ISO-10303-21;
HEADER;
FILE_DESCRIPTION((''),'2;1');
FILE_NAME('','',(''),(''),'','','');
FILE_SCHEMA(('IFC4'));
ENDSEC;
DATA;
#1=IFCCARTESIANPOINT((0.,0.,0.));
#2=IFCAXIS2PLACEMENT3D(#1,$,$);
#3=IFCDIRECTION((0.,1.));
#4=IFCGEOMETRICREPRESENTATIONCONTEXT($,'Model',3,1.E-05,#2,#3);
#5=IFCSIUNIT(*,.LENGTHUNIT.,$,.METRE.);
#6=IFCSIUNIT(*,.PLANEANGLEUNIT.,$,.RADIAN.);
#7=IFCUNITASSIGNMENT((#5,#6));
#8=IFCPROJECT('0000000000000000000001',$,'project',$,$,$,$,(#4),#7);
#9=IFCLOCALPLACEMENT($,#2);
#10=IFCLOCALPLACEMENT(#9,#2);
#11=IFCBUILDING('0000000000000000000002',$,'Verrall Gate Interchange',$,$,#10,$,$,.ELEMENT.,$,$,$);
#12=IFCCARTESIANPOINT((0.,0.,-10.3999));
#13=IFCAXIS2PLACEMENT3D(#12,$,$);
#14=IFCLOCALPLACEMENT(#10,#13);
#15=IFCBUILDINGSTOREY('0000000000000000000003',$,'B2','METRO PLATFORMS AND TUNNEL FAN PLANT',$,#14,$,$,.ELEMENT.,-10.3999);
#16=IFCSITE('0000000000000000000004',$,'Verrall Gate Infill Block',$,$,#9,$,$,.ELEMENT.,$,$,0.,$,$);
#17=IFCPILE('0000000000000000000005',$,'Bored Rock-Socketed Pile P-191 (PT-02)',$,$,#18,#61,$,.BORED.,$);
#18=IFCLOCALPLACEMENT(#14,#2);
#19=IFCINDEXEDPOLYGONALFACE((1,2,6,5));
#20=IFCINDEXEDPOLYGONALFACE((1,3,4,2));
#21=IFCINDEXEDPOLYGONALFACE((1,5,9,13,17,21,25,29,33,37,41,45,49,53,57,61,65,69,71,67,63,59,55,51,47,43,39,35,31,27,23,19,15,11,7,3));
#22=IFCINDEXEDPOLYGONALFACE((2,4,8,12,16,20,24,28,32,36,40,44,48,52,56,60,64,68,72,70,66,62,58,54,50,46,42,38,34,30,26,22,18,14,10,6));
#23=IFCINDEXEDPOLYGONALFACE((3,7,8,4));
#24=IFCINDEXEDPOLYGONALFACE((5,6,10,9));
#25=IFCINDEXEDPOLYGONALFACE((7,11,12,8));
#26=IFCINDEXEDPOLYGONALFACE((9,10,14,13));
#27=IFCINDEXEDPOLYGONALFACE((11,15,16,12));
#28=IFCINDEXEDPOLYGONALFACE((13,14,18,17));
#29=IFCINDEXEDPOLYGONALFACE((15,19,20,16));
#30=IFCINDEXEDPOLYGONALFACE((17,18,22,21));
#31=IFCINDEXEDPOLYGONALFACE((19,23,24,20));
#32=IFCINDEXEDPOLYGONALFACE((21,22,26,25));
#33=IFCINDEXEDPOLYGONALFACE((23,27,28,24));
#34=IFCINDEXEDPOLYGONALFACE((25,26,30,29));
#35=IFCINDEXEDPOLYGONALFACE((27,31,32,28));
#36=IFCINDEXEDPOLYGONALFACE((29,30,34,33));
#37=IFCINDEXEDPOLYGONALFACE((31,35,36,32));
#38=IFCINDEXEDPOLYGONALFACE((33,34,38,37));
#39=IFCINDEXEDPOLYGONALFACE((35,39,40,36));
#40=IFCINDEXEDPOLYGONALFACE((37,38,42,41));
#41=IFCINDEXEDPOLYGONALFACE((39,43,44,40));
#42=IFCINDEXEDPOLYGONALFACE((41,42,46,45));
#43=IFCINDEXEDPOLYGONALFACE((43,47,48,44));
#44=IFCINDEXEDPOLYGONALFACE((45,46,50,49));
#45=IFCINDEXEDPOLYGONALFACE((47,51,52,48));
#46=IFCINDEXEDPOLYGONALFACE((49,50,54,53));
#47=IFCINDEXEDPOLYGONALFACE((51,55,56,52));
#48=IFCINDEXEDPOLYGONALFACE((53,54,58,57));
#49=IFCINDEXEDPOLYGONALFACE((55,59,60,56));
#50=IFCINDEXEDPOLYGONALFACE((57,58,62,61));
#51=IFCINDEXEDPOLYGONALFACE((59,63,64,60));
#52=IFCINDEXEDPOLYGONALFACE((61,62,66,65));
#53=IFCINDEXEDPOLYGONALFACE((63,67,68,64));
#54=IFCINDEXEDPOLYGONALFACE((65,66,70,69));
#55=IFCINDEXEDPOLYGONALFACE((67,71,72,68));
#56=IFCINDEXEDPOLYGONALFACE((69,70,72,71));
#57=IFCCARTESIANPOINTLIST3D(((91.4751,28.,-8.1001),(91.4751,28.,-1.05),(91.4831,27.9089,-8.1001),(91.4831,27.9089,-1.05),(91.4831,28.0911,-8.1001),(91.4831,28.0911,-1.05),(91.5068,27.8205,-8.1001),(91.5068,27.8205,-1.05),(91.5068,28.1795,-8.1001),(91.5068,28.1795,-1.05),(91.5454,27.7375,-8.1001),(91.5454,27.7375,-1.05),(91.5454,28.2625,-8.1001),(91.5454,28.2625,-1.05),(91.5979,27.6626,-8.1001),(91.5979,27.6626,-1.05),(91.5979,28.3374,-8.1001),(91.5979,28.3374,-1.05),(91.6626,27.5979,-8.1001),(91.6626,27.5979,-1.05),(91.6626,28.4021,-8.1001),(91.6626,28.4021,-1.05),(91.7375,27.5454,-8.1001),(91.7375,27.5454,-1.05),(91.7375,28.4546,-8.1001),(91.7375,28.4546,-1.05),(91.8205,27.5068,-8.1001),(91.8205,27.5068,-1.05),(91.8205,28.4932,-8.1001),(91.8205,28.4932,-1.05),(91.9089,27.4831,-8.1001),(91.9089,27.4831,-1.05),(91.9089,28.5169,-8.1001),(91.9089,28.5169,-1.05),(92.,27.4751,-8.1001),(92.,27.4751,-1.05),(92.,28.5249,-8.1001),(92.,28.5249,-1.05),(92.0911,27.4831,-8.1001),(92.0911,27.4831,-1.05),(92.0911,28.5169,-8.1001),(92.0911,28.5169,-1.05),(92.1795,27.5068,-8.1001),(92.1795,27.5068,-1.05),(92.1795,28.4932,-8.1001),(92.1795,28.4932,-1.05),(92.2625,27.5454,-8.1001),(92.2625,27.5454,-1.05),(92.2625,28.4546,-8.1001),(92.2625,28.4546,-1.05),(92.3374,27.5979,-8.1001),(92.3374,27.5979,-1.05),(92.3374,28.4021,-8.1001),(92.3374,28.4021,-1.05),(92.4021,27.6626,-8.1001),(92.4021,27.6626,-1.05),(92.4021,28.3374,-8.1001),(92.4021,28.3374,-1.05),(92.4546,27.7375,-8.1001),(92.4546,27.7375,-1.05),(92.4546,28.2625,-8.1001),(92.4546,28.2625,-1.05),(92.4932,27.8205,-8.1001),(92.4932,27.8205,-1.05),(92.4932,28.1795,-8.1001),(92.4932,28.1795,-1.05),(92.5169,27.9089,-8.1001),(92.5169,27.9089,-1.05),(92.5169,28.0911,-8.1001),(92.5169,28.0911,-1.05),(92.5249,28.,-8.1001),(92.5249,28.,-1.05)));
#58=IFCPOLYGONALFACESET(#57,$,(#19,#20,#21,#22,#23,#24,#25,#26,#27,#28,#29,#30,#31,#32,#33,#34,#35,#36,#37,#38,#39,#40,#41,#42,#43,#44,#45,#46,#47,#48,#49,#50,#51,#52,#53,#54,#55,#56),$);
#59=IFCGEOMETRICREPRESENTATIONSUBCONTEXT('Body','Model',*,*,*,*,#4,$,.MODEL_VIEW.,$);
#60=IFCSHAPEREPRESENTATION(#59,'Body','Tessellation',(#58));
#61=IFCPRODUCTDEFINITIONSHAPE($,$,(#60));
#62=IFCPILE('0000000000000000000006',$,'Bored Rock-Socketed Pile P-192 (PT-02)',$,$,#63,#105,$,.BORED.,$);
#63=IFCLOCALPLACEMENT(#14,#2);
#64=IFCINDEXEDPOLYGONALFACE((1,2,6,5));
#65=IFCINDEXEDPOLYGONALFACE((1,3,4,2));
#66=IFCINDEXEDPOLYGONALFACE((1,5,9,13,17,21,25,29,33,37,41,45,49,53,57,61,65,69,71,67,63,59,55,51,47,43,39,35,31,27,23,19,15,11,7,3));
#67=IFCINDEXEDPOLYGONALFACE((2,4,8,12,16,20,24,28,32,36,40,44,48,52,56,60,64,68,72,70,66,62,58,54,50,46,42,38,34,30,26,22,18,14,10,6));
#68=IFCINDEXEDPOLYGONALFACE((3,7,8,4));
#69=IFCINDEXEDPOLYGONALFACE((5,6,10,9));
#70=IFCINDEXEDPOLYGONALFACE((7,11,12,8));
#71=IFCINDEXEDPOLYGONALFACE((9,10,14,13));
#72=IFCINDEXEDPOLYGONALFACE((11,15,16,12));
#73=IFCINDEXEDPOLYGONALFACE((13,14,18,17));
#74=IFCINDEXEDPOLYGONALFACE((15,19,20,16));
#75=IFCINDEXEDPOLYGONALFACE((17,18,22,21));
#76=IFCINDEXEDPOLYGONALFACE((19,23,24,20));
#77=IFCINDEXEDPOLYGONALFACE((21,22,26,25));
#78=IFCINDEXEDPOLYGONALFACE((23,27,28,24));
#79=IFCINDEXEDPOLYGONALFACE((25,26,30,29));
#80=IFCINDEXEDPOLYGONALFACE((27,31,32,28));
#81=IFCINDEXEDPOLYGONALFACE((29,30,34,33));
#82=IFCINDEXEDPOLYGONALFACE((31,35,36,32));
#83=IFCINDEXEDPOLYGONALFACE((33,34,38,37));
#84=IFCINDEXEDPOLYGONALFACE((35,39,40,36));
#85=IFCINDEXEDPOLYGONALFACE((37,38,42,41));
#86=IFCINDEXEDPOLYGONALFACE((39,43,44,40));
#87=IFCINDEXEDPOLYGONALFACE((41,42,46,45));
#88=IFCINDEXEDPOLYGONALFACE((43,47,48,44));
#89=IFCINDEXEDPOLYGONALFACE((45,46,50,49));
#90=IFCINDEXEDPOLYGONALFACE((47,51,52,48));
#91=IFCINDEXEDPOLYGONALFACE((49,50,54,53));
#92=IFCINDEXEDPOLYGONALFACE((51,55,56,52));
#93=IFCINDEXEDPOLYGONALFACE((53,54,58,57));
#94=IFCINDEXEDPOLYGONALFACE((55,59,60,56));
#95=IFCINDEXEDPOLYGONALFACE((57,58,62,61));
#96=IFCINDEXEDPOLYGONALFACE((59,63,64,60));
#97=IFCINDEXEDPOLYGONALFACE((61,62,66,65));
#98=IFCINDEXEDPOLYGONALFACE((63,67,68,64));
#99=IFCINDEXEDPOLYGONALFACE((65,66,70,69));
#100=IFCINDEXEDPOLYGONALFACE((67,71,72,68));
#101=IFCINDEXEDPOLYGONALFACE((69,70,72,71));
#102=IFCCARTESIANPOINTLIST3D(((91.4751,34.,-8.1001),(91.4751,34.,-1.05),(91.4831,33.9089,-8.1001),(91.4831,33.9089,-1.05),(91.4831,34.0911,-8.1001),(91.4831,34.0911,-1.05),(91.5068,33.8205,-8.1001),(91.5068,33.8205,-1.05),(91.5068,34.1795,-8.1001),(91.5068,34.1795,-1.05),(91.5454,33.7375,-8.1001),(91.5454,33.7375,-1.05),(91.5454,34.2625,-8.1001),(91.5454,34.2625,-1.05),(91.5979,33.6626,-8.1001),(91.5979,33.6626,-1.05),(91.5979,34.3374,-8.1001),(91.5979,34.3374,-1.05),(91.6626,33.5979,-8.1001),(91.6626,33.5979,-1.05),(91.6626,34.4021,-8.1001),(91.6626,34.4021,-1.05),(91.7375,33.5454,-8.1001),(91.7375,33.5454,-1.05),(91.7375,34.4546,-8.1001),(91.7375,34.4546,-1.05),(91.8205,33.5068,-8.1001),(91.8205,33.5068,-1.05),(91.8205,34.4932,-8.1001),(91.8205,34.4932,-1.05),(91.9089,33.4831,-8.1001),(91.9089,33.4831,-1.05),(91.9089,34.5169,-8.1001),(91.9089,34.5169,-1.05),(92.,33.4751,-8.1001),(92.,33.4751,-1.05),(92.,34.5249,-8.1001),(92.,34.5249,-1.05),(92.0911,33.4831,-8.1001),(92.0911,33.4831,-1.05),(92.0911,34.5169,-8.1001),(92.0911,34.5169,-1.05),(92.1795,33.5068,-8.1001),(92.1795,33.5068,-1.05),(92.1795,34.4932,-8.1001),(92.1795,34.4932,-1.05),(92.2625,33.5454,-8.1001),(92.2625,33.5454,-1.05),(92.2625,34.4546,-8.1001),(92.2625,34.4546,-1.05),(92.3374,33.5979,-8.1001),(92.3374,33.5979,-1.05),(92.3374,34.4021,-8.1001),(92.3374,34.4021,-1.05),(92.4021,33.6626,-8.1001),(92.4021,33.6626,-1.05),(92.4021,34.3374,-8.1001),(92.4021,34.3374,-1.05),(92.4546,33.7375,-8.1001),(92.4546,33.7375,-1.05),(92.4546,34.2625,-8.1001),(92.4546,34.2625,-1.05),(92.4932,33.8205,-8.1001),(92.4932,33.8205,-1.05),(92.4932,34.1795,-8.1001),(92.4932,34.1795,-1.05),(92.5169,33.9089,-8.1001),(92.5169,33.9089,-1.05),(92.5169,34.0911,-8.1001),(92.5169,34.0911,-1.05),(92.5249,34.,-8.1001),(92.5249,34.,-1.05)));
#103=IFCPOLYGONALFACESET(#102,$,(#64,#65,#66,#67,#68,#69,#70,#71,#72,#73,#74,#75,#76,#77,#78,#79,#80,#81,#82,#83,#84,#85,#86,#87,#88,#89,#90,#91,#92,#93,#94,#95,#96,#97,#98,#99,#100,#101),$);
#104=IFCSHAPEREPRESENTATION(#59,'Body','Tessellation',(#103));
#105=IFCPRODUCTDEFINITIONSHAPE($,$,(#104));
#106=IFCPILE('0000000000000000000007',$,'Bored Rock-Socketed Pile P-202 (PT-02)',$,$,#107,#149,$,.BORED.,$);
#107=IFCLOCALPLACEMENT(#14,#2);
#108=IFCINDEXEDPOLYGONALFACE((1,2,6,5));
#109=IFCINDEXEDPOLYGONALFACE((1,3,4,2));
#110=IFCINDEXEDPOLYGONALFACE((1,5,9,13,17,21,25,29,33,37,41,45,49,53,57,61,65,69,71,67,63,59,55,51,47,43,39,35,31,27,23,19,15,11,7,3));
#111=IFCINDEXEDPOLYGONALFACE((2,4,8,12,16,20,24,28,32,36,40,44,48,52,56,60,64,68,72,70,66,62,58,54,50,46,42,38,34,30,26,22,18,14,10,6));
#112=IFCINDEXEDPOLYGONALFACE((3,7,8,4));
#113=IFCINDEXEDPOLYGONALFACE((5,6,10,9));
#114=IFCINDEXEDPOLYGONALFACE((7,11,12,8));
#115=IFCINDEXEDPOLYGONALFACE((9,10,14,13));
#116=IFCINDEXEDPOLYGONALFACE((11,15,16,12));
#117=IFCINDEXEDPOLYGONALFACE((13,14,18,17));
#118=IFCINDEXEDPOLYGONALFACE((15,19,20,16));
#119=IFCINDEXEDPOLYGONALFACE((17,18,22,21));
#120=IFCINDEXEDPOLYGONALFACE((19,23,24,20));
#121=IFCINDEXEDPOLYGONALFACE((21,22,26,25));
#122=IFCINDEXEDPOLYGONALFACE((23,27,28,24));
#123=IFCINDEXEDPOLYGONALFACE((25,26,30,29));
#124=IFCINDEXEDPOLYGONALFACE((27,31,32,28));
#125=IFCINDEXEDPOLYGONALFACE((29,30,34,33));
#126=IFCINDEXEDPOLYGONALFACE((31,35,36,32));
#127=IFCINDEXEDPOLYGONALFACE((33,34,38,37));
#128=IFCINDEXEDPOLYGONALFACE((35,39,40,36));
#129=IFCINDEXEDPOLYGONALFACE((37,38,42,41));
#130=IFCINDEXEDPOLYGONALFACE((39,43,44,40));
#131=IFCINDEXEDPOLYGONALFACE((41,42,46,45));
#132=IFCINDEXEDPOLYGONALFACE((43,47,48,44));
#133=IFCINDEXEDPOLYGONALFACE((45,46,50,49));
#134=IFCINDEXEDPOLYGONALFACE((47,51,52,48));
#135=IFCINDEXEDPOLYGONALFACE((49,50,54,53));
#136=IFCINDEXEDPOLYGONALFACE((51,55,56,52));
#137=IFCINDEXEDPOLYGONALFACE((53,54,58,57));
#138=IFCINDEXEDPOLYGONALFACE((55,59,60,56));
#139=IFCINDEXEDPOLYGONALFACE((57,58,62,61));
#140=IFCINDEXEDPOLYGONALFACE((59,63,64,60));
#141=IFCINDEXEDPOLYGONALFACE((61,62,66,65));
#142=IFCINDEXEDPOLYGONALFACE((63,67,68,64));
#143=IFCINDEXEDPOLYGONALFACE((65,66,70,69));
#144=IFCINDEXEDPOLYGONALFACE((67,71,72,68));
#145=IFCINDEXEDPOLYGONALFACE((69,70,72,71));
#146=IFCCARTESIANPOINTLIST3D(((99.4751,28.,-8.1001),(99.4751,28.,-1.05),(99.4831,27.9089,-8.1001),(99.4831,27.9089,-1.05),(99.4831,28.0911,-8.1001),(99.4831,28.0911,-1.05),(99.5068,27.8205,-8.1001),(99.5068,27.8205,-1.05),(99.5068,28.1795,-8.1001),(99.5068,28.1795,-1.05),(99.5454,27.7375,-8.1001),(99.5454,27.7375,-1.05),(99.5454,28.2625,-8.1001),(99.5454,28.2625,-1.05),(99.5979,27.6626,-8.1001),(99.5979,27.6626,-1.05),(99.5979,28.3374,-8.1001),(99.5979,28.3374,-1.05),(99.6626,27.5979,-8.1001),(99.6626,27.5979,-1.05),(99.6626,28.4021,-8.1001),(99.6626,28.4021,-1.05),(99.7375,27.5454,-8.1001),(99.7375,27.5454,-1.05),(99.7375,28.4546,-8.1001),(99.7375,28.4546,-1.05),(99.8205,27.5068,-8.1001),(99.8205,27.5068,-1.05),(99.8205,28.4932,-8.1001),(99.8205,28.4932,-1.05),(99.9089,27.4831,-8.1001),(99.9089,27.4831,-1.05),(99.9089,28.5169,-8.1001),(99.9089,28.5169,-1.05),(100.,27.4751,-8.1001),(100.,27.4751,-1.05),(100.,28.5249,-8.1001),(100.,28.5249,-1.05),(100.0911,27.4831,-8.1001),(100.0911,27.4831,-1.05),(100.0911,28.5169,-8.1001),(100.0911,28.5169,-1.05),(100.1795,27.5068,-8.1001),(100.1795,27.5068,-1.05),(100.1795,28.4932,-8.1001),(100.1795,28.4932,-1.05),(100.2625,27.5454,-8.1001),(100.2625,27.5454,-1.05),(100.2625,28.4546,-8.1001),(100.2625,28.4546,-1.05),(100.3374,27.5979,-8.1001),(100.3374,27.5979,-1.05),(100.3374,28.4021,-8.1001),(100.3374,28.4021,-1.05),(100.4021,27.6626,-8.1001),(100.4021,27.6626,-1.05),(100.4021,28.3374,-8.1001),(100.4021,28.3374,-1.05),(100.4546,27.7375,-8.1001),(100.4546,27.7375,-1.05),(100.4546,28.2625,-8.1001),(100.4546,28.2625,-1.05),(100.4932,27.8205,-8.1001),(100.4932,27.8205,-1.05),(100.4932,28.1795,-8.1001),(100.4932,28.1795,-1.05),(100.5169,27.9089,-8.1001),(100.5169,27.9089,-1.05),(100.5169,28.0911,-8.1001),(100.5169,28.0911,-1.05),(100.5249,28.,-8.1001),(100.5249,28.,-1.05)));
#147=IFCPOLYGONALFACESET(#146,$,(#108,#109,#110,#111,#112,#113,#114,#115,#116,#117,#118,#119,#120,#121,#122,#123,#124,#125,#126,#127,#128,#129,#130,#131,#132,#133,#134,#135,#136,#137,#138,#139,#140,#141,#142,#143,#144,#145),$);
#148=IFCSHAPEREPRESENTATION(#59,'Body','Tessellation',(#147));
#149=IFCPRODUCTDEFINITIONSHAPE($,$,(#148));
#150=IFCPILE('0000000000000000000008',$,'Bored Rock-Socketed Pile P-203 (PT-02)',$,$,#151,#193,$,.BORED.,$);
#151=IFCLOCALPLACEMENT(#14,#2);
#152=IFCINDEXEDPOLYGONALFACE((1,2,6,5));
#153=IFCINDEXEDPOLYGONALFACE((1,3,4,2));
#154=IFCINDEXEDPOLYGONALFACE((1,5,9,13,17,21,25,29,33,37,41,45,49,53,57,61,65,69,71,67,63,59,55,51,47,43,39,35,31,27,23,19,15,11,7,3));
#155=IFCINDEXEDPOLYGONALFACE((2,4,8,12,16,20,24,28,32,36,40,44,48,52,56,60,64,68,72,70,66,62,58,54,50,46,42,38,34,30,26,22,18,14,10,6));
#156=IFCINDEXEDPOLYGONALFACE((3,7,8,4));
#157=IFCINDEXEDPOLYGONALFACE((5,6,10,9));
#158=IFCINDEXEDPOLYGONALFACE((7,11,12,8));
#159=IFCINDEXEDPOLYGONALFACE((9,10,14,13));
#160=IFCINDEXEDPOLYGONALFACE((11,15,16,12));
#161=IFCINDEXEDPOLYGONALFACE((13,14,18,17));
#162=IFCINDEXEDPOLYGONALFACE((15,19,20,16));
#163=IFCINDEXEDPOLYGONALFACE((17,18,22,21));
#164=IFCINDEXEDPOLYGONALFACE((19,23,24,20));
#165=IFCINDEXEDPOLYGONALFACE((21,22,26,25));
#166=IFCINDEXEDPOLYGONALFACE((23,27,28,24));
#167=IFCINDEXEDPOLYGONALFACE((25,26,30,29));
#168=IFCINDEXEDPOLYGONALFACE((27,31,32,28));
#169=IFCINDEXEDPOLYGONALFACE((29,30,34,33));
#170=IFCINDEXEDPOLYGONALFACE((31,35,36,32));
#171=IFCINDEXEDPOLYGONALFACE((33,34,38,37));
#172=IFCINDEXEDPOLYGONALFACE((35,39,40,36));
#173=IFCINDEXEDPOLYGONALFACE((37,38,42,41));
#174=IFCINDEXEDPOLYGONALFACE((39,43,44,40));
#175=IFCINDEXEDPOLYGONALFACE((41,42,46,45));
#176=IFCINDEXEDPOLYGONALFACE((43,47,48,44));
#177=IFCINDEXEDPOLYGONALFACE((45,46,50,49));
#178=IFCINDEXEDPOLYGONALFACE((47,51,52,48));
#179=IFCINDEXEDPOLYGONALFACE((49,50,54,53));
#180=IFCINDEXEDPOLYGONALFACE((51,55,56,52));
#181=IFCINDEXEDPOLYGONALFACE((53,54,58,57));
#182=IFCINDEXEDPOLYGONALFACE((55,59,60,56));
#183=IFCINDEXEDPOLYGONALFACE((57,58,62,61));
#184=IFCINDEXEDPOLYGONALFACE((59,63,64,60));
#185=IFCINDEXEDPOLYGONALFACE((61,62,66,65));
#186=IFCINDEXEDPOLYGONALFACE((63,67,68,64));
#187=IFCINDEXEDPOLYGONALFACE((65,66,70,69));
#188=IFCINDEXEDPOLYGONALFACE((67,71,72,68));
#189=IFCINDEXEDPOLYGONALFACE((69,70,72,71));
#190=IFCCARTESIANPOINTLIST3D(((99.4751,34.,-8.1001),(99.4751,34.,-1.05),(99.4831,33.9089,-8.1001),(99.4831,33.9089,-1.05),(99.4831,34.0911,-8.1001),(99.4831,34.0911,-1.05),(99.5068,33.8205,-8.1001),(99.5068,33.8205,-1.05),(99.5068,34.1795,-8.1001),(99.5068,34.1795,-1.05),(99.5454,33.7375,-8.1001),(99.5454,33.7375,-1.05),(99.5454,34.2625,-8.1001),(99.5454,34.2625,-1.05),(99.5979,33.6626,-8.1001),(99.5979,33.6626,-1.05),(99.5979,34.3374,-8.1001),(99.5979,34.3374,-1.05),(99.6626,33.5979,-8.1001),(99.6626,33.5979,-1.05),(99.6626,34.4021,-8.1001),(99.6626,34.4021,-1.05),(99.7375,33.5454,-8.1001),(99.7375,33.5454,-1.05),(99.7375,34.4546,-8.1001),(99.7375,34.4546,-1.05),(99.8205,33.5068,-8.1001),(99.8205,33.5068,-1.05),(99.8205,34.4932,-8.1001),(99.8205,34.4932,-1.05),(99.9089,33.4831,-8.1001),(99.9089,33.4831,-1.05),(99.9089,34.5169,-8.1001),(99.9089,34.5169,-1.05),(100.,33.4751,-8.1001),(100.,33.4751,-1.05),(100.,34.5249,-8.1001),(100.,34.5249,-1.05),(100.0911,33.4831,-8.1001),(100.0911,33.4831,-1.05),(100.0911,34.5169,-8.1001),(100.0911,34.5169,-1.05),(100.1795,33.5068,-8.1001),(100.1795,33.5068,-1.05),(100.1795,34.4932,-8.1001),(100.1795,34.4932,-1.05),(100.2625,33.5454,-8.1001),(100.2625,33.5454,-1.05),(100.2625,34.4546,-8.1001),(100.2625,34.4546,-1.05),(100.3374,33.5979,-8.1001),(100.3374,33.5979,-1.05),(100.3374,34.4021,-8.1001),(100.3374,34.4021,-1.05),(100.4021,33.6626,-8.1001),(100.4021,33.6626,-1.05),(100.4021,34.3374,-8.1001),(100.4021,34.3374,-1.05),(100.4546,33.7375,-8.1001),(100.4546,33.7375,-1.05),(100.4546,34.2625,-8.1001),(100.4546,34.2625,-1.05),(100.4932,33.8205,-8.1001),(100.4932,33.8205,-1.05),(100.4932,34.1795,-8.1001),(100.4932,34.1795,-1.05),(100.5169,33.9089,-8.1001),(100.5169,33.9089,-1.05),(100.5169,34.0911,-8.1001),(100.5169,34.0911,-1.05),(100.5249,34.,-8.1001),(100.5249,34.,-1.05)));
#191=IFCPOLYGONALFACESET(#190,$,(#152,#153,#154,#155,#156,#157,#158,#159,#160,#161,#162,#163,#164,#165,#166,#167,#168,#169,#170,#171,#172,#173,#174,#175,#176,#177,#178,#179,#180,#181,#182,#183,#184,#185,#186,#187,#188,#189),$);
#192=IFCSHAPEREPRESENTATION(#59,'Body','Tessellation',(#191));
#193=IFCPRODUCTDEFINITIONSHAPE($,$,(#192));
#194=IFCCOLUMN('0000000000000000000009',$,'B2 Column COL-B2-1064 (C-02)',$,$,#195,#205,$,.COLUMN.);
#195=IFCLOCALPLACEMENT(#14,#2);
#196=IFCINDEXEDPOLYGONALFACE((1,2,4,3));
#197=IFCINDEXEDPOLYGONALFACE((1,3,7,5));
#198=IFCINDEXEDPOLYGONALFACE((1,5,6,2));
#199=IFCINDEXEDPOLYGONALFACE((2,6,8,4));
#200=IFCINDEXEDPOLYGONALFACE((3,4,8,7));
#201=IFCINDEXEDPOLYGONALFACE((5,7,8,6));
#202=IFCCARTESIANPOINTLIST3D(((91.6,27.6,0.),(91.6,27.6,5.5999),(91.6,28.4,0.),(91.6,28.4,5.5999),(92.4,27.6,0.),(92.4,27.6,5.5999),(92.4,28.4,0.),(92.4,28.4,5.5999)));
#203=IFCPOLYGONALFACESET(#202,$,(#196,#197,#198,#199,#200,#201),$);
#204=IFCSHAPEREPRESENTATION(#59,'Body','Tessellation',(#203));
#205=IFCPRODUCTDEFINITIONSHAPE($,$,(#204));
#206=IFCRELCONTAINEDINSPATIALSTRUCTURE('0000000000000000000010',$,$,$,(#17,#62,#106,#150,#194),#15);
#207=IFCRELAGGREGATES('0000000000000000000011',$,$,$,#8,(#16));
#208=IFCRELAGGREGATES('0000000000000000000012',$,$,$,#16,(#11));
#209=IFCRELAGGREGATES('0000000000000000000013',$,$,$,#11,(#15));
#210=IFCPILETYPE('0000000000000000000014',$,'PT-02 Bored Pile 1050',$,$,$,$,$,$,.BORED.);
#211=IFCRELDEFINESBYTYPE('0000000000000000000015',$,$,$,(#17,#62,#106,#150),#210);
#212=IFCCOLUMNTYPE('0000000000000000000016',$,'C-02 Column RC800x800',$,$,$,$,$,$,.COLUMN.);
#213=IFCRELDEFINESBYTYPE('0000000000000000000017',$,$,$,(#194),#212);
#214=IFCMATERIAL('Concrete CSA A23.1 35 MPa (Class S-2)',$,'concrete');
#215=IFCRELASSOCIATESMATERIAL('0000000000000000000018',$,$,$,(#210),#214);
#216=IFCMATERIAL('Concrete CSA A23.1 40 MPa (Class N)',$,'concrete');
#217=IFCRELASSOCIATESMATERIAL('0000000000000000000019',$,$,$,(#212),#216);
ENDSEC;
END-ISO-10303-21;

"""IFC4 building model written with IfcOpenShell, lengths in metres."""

from ifc_helpers import new_model, si_unit, direction, frame, origin, origin_2d, place, context, subcontext, project, spatial, rectangle, circle, extrude, material, material_profile, profile_set, type_object, element, save


model = new_model("IFC4")

# Units and contexts
model_context = context("Model", 3, precision=1e-05, world=origin(), true_north=direction((0.0, 1.0)))
body_context = subcontext(model_context, "Body", "Model", "MODEL_VIEW")
ifc_project = project(units=[si_unit("LENGTHUNIT", "METRE"), si_unit("PLANEANGLEUNIT", "RADIAN")], contexts=[model_context])

# Site, building, storey
site_placement = place(None, origin())
site = spatial("IfcSite", under=ifc_project, at=site_placement, Name="Verrall Gate Infill Block", CompositionType="ELEMENT", RefElevation=0.0)
building_placement = place(site_placement, origin())
building = spatial("IfcBuilding", under=site, at=building_placement, Name="Verrall Gate Interchange", CompositionType="ELEMENT")
storey_placement = place(building_placement, frame((0.0, 0.0, -10.3999)))
storey = spatial("IfcBuildingStorey", under=building, at=storey_placement, Name="B2", Description="METRO PLATFORMS AND TUNNEL FAN PLANT", CompositionType="ELEMENT", Elevation=-10.3999)

# Piles
ifc_material_1 = material(Name="Concrete CSA A23.1 35 MPa (Class S-2)", Category="concrete")
ifc_material_profile_1 = material_profile(ifc_material_1, circle(Radius=0.5249, at=origin_2d()), Name="PILE1050D")
ifc_profile_set_1 = profile_set([ifc_material_profile_1], Name="Concrete CSA A23.1 35 MPa (Class S-2)")
pile_type = type_object("IfcPileType", Name="PT-02 Bored Pile 1050", PredefinedType="BORED", material=ifc_profile_set_1)
for number, where, z_axis, x_axis, name in (
    (1, (92.0, 28.0, -1.05), (0.0, 0.0, -1.0), (1.0, 0.0, 0.0), "Bored Rock-Socketed Pile P-191 (PT-02)"),
    (2, (92.0, 34.0, -1.05), (0.0, 0.0, -1.0), (1.0, 0.0, 0.0), "Bored Rock-Socketed Pile P-192 (PT-02)"),
    (3, (100.0, 28.0, -1.05), (0.0, 0.0, -1.0), (1.0, 0.0, 0.0), "Bored Rock-Socketed Pile P-202 (PT-02)"),
    (4, (100.0, 34.0, -1.05), (0.0, 0.0, -1.0), (1.0, 0.0, 0.0), "Bored Rock-Socketed Pile P-203 (PT-02)"),
):
    element("IfcPile", number, at=place(storey_placement, frame(where, z_axis=z_axis, x_axis=x_axis)), inside=storey, type_object=pile_type, Name=name, PredefinedType="BORED", context=body_context, shape_type="SweptSolid", body=[
        extrude(circle(Radius=0.5249, at=origin_2d()), origin(), (0.0, 0.0, 1.0), 7.05),
    ])

# Column
ifc_material_2 = material(Name="Concrete CSA A23.1 40 MPa (Class N)", Category="concrete")
ifc_material_profile_2 = material_profile(ifc_material_2, rectangle(XDim=0.8, YDim=0.8, at=origin_2d()), Name="RC800x800")
ifc_profile_set_2 = profile_set([ifc_material_profile_2], Name="Concrete CSA A23.1 40 MPa (Class N)")
column_type_1 = type_object("IfcColumnType", Name="C-02 Column RC800x800", PredefinedType="COLUMN", material=ifc_profile_set_2)
for number, where, z_axis, x_axis, name in (
    (5, (92.0, 28.0, 0.0), (0.0, 0.0, 1.0), (1.0, 0.0, 0.0), "B2 Column COL-B2-1064 (C-02)"),
):
    element("IfcColumn", number, at=place(storey_placement, frame(where, z_axis=z_axis, x_axis=x_axis)), inside=storey, type_object=column_type_1, Name=name, PredefinedType="COLUMN", context=body_context, shape_type="SweptSolid", body=[
        extrude(rectangle(XDim=0.8, YDim=0.8, at=origin_2d()), origin(), (0.0, 0.0, 1.0), 5.5999),
    ])

save(model, "model.ifc")
